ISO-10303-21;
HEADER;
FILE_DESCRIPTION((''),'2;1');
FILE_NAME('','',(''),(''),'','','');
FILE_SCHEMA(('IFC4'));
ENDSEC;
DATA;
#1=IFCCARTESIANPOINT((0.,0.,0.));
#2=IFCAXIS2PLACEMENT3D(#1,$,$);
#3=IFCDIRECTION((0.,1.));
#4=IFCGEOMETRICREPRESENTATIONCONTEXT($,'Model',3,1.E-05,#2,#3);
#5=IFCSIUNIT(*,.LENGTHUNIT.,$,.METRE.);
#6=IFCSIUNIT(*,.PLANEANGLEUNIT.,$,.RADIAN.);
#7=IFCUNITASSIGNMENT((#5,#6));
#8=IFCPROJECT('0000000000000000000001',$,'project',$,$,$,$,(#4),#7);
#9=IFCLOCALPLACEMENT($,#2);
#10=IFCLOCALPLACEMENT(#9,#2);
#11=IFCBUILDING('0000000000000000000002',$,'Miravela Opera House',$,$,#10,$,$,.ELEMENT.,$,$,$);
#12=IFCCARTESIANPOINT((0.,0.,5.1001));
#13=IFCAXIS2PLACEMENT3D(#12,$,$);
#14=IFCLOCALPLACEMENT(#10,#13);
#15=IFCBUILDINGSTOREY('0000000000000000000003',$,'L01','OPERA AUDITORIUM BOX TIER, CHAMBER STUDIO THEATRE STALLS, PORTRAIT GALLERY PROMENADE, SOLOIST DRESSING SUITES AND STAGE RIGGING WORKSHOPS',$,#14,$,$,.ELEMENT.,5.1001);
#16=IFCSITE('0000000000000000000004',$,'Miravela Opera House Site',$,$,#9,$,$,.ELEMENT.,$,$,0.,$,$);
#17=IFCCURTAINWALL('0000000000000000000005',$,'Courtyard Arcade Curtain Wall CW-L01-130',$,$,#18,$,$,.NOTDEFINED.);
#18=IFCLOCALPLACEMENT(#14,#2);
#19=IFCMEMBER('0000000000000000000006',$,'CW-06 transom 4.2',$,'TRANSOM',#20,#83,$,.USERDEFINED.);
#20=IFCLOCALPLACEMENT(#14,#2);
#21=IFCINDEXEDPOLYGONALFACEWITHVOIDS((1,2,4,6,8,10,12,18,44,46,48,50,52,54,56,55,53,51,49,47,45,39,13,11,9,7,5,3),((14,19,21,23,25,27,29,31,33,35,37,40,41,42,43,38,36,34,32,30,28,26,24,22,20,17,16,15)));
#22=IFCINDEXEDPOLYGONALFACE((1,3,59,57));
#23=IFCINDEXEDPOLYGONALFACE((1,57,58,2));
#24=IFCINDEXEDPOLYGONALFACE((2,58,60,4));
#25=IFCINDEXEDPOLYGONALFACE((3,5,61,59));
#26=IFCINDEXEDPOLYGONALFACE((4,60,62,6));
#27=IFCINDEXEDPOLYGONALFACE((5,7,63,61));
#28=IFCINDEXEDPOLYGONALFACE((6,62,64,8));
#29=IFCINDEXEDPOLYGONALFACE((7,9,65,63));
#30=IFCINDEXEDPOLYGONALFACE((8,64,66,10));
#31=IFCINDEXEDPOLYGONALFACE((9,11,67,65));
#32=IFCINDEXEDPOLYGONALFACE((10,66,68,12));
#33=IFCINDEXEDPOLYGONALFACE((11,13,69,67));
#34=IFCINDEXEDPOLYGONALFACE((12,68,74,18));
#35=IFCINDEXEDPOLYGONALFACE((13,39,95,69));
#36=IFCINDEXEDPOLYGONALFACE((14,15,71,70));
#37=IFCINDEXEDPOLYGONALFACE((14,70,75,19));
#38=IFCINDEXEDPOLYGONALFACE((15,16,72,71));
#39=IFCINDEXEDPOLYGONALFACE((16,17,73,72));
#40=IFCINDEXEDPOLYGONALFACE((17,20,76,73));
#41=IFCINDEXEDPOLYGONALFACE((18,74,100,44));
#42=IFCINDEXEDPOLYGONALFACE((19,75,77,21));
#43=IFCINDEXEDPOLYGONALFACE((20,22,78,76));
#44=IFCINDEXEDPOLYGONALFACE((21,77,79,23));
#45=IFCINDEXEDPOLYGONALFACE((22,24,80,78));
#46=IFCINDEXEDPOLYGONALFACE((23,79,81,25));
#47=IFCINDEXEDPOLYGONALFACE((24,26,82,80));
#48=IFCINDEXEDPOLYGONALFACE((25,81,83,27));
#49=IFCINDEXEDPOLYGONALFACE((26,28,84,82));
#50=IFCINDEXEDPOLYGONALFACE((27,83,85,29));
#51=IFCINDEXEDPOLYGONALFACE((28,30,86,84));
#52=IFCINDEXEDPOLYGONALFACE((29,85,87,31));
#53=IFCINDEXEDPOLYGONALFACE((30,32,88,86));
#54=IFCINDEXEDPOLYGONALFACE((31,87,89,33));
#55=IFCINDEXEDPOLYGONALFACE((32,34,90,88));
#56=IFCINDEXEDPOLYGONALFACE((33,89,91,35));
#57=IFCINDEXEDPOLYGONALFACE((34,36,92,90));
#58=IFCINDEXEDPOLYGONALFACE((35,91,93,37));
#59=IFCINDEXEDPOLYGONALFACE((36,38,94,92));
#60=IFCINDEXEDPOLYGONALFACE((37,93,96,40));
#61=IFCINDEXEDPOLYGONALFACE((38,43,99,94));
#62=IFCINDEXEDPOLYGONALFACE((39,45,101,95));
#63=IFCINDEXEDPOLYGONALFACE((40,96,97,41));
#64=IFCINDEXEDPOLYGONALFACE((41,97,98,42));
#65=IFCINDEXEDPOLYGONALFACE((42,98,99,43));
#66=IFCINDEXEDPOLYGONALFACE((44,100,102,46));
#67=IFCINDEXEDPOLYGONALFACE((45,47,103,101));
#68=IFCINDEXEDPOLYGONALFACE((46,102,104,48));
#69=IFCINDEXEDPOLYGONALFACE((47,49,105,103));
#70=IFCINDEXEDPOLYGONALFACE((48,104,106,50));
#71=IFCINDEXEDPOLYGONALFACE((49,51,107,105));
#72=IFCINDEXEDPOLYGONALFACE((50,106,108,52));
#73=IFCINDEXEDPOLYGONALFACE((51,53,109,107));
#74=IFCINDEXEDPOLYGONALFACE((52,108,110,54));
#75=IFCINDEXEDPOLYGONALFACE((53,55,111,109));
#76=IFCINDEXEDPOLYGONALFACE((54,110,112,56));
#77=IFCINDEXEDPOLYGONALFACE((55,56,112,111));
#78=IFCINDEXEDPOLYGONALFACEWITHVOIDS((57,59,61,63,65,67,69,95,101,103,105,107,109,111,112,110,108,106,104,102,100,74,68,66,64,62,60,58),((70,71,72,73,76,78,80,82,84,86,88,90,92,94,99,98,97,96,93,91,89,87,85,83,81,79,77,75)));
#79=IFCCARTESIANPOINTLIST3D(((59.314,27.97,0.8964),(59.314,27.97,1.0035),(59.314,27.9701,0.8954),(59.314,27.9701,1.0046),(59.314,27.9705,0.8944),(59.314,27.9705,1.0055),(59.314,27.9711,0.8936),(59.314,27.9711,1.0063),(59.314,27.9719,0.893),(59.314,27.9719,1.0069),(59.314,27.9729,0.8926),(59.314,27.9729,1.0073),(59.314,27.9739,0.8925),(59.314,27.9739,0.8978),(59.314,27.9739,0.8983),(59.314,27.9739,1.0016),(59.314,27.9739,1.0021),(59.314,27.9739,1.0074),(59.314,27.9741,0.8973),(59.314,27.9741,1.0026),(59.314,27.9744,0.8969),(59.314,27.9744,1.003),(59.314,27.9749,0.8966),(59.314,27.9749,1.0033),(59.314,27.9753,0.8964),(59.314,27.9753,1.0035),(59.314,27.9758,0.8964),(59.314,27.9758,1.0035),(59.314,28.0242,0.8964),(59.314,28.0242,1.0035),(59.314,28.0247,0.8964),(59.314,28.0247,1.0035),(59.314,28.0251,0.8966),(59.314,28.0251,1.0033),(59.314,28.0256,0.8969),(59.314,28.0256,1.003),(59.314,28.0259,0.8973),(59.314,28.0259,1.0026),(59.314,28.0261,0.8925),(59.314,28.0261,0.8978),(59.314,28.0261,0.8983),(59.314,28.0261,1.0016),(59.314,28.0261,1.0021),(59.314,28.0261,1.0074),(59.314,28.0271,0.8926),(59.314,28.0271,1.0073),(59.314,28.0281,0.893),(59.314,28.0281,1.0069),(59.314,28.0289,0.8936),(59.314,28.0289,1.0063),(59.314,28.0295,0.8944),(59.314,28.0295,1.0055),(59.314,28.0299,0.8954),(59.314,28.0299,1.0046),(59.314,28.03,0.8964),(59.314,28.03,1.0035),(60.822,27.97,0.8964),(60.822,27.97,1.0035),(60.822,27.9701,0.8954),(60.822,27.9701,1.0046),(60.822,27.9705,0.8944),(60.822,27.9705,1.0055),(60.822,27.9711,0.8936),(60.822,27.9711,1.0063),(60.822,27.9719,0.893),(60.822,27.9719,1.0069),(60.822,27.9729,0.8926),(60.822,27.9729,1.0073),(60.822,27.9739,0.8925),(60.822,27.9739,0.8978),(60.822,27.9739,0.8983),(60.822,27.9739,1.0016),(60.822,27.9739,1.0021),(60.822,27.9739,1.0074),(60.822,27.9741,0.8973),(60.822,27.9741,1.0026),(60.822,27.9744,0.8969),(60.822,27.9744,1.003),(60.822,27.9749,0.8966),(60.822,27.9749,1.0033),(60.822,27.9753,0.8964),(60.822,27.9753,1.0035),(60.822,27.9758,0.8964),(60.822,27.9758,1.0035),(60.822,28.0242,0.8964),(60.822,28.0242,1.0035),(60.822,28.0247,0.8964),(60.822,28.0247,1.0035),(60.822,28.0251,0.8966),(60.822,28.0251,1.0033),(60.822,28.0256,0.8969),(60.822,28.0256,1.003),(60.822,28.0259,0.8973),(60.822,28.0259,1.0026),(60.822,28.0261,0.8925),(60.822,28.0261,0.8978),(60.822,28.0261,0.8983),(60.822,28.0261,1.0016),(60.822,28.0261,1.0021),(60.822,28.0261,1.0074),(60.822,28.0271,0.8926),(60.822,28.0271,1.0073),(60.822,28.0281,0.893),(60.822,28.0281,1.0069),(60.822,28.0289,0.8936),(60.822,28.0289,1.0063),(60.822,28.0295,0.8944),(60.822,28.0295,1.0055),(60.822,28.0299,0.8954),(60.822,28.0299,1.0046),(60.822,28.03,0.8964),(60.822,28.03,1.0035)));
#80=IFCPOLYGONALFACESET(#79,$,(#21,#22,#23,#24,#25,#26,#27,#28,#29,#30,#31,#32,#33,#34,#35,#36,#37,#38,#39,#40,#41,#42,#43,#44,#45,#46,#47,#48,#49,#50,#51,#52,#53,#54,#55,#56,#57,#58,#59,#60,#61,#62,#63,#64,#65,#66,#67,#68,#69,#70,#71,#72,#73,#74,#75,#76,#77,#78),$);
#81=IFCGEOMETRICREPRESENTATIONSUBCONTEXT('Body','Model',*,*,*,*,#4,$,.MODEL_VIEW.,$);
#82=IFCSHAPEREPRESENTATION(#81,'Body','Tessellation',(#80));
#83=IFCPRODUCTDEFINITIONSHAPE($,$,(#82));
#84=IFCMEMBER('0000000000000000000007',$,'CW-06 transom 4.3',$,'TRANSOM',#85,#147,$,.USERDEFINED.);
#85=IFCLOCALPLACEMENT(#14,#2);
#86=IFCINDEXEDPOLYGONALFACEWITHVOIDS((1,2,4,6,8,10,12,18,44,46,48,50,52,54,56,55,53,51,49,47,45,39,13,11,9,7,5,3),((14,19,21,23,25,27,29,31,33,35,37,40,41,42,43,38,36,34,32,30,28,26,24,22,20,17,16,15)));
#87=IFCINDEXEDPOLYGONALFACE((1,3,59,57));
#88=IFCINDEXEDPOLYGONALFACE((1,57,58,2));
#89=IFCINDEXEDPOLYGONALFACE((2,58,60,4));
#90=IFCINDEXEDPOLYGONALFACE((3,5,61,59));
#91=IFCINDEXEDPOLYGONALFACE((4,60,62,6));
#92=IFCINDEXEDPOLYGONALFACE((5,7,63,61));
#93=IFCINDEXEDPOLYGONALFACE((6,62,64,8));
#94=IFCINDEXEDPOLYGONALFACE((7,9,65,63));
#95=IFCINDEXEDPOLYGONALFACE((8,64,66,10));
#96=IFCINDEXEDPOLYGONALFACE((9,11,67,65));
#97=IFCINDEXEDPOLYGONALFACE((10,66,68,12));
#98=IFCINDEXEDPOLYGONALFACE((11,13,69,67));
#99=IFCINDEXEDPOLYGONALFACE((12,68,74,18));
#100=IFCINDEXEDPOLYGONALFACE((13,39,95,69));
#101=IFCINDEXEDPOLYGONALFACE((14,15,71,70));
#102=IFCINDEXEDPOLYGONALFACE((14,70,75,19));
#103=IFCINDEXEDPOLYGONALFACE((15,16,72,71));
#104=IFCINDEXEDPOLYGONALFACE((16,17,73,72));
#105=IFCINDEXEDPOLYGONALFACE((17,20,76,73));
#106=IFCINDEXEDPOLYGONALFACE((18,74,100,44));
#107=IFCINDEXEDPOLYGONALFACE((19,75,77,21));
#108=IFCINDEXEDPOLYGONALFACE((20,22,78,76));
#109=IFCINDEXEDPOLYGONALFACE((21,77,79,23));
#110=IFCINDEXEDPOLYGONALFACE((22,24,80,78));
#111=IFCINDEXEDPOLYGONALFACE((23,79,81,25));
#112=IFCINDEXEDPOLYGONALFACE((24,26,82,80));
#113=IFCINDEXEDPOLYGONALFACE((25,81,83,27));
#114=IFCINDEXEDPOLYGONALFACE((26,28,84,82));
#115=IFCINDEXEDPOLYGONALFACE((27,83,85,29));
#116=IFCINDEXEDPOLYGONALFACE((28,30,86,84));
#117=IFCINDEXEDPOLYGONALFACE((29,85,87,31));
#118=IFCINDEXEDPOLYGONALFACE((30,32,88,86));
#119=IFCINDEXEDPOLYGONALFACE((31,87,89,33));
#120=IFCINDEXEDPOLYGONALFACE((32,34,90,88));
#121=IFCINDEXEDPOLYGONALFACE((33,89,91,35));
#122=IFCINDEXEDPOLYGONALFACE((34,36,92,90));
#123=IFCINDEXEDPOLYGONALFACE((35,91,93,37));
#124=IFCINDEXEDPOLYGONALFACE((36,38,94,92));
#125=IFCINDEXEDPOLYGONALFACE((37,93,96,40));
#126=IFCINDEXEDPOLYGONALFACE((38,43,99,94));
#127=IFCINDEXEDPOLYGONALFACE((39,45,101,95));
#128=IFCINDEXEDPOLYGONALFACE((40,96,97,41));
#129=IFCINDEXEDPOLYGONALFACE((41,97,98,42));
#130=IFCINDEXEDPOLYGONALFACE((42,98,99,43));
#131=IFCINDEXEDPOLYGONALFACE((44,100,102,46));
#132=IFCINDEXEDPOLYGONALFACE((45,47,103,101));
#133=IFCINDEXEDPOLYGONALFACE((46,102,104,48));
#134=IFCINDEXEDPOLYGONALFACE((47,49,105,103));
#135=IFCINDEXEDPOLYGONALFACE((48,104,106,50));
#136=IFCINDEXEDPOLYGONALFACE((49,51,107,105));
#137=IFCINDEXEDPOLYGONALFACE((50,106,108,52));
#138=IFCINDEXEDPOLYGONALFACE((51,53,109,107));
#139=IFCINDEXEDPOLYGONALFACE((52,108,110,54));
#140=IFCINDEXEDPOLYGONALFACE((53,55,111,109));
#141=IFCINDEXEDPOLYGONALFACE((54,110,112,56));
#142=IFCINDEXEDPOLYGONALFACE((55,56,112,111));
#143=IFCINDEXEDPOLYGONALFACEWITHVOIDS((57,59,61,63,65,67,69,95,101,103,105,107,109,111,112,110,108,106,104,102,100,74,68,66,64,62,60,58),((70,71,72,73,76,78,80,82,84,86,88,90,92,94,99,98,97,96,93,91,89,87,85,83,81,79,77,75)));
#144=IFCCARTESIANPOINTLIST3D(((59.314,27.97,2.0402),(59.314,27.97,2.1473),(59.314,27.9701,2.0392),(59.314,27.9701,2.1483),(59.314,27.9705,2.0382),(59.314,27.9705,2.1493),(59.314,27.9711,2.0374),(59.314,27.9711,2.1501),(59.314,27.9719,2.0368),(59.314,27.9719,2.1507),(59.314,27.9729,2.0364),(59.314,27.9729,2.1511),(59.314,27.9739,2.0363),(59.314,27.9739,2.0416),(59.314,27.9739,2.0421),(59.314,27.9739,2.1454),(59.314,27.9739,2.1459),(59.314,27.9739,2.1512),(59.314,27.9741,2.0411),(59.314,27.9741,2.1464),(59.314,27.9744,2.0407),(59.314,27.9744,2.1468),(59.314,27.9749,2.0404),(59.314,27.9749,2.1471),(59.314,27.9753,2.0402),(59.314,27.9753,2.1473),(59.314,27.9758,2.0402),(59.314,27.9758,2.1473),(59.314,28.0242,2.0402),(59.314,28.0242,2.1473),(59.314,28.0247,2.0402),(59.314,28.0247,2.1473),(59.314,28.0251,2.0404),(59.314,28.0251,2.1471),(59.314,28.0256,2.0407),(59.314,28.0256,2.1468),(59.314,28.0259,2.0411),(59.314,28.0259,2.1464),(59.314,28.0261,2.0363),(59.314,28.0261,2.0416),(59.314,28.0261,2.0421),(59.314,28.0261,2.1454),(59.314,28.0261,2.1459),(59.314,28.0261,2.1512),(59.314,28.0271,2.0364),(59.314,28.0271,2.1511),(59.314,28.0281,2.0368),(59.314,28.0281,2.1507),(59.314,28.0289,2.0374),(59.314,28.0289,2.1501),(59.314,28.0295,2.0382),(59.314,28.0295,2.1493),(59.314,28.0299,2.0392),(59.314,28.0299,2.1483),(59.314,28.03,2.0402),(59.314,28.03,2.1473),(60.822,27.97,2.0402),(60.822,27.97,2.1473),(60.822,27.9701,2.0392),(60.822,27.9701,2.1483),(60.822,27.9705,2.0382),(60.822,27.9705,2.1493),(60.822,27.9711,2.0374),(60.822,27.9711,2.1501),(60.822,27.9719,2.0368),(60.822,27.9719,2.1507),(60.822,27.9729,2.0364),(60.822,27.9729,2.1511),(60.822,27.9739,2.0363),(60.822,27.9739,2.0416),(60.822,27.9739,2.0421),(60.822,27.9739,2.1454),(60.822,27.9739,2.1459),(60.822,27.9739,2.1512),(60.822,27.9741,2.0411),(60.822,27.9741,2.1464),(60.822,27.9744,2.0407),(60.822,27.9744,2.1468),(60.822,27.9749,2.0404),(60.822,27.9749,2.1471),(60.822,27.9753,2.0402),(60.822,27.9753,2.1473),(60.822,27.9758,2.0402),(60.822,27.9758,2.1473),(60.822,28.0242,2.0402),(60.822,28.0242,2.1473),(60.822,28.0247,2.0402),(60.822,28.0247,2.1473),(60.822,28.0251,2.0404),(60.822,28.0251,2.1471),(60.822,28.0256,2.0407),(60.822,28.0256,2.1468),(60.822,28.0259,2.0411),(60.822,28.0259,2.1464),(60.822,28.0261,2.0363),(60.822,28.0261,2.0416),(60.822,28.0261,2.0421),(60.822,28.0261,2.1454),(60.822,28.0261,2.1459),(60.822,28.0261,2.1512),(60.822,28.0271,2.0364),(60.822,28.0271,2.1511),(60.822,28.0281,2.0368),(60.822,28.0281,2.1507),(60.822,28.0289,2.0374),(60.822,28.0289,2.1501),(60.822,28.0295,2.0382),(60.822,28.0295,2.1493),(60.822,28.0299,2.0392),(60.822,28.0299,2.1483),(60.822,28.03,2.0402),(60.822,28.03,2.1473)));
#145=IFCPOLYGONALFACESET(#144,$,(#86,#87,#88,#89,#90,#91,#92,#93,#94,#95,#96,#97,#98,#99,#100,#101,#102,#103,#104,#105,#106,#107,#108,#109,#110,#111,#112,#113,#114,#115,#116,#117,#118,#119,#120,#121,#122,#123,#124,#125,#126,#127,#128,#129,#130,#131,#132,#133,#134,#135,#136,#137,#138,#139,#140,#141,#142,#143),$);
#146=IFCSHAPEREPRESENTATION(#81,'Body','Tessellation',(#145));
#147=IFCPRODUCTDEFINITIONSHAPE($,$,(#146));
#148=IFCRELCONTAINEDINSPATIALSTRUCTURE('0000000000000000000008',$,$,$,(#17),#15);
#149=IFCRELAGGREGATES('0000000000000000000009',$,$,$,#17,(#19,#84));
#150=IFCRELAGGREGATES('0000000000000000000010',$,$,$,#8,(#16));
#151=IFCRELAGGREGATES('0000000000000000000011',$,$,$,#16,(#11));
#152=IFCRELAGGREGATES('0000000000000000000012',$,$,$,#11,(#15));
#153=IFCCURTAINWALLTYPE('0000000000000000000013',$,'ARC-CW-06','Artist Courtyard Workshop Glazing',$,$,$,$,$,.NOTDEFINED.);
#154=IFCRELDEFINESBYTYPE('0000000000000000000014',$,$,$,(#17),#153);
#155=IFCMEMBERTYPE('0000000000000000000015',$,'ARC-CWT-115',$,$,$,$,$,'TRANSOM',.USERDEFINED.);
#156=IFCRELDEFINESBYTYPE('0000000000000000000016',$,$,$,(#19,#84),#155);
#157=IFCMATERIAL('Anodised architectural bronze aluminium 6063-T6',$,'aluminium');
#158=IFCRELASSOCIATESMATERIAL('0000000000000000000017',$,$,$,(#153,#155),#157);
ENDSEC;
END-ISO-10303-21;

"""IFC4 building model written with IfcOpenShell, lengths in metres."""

from ifc_helpers import new_model, si_unit, direction, frame, origin, origin_2d, place, context, subcontext, project, spatial, hollow_rectangle, extrude, material, material_profile, profile_set, type_object, element, aggregate, save


model = new_model("IFC4")

# Units and contexts
model_context = context("Model", 3, precision=1e-05, world=origin(), true_north=direction((0.0, 1.0)))
body_context = subcontext(model_context, "Body", "Model", "MODEL_VIEW")
ifc_project = project(units=[si_unit("LENGTHUNIT", "METRE"), si_unit("PLANEANGLEUNIT", "RADIAN")], contexts=[model_context])

# Site, building, storey
site_placement = place(None, origin())
site = spatial("IfcSite", under=ifc_project, at=site_placement, Name="Miravela Opera House Site", CompositionType="ELEMENT", RefElevation=0.0)
building_placement = place(site_placement, origin())
building = spatial("IfcBuilding", under=site, at=building_placement, Name="Miravela Opera House", CompositionType="ELEMENT")
storey_placement = place(building_placement, frame((0.0, 0.0, 5.1001)))
storey = spatial("IfcBuildingStorey", under=building, at=storey_placement, Name="L01", Description="OPERA AUDITORIUM BOX TIER, CHAMBER STUDIO THEATRE STALLS, PORTRAIT GALLERY PROMENADE, SOLOIST DRESSING SUITES AND STAGE RIGGING WORKSHOPS", CompositionType="ELEMENT", Elevation=5.1001)

# Curtain wall
ifc_material_1 = material(Name="Anodised architectural bronze aluminium 6063-T6", Category="aluminium")
curtain_wall_type = type_object("IfcCurtainWallType", Name="ARC-CW-06", Description="Artist Courtyard Workshop Glazing", PredefinedType="NOTDEFINED", material=ifc_material_1)
curtain_wall_1_placement = place(storey_placement, origin())
curtain_wall_1 = element("IfcCurtainWall", 1, at=curtain_wall_1_placement, inside=storey, type_object=curtain_wall_type, Name="Courtyard Arcade Curtain Wall CW-L01-130", PredefinedType="NOTDEFINED")

# Members
ifc_material_profile_1 = material_profile(ifc_material_1, hollow_rectangle(XDim=0.0601, YDim=0.115, WallThickness=0.0039, InnerFilletRadius=0.002, OuterFilletRadius=0.0039, at=origin_2d()), Name="CWT-60X115")
ifc_profile_set_1 = profile_set([ifc_material_profile_1])
member_type_1 = type_object("IfcMemberType", Name="ARC-CWT-115", ElementType="TRANSOM", PredefinedType="USERDEFINED", material=ifc_profile_set_1)
member_1_placement = place(storey_placement, frame((59.314, 28.0, 0.95), z_axis=(1.0, 0.0, 0.0), x_axis=(0.0, 1.0, 0.0)))
member_1 = element("IfcMember", 2, at=member_1_placement, type_object=member_type_1, Name="CW-06 transom 4.2", ObjectType="TRANSOM", PredefinedType="USERDEFINED", context=body_context, shape_type="SweptSolid", body=[
    extrude(hollow_rectangle(XDim=0.0601, YDim=0.115, WallThickness=0.0039, InnerFilletRadius=0.002, OuterFilletRadius=0.0039, at=origin_2d()), origin(), (0.0, 0.0, 1.0), 1.5081),
])
member_2_placement = place(storey_placement, frame((59.314, 28.0, 2.0938), z_axis=(1.0, 0.0, 0.0), x_axis=(0.0, 1.0, 0.0)))
member_2 = element("IfcMember", 3, at=member_2_placement, type_object=member_type_1, Name="CW-06 transom 4.3", ObjectType="TRANSOM", PredefinedType="USERDEFINED", context=body_context, shape_type="SweptSolid", body=[
    extrude(hollow_rectangle(XDim=0.0601, YDim=0.115, WallThickness=0.0039, InnerFilletRadius=0.002, OuterFilletRadius=0.0039, at=origin_2d()), origin(), (0.0, 0.0, 1.0), 1.5081),
])

aggregate(curtain_wall_1, [member_1, member_2])

save(model, "model.ifc")
